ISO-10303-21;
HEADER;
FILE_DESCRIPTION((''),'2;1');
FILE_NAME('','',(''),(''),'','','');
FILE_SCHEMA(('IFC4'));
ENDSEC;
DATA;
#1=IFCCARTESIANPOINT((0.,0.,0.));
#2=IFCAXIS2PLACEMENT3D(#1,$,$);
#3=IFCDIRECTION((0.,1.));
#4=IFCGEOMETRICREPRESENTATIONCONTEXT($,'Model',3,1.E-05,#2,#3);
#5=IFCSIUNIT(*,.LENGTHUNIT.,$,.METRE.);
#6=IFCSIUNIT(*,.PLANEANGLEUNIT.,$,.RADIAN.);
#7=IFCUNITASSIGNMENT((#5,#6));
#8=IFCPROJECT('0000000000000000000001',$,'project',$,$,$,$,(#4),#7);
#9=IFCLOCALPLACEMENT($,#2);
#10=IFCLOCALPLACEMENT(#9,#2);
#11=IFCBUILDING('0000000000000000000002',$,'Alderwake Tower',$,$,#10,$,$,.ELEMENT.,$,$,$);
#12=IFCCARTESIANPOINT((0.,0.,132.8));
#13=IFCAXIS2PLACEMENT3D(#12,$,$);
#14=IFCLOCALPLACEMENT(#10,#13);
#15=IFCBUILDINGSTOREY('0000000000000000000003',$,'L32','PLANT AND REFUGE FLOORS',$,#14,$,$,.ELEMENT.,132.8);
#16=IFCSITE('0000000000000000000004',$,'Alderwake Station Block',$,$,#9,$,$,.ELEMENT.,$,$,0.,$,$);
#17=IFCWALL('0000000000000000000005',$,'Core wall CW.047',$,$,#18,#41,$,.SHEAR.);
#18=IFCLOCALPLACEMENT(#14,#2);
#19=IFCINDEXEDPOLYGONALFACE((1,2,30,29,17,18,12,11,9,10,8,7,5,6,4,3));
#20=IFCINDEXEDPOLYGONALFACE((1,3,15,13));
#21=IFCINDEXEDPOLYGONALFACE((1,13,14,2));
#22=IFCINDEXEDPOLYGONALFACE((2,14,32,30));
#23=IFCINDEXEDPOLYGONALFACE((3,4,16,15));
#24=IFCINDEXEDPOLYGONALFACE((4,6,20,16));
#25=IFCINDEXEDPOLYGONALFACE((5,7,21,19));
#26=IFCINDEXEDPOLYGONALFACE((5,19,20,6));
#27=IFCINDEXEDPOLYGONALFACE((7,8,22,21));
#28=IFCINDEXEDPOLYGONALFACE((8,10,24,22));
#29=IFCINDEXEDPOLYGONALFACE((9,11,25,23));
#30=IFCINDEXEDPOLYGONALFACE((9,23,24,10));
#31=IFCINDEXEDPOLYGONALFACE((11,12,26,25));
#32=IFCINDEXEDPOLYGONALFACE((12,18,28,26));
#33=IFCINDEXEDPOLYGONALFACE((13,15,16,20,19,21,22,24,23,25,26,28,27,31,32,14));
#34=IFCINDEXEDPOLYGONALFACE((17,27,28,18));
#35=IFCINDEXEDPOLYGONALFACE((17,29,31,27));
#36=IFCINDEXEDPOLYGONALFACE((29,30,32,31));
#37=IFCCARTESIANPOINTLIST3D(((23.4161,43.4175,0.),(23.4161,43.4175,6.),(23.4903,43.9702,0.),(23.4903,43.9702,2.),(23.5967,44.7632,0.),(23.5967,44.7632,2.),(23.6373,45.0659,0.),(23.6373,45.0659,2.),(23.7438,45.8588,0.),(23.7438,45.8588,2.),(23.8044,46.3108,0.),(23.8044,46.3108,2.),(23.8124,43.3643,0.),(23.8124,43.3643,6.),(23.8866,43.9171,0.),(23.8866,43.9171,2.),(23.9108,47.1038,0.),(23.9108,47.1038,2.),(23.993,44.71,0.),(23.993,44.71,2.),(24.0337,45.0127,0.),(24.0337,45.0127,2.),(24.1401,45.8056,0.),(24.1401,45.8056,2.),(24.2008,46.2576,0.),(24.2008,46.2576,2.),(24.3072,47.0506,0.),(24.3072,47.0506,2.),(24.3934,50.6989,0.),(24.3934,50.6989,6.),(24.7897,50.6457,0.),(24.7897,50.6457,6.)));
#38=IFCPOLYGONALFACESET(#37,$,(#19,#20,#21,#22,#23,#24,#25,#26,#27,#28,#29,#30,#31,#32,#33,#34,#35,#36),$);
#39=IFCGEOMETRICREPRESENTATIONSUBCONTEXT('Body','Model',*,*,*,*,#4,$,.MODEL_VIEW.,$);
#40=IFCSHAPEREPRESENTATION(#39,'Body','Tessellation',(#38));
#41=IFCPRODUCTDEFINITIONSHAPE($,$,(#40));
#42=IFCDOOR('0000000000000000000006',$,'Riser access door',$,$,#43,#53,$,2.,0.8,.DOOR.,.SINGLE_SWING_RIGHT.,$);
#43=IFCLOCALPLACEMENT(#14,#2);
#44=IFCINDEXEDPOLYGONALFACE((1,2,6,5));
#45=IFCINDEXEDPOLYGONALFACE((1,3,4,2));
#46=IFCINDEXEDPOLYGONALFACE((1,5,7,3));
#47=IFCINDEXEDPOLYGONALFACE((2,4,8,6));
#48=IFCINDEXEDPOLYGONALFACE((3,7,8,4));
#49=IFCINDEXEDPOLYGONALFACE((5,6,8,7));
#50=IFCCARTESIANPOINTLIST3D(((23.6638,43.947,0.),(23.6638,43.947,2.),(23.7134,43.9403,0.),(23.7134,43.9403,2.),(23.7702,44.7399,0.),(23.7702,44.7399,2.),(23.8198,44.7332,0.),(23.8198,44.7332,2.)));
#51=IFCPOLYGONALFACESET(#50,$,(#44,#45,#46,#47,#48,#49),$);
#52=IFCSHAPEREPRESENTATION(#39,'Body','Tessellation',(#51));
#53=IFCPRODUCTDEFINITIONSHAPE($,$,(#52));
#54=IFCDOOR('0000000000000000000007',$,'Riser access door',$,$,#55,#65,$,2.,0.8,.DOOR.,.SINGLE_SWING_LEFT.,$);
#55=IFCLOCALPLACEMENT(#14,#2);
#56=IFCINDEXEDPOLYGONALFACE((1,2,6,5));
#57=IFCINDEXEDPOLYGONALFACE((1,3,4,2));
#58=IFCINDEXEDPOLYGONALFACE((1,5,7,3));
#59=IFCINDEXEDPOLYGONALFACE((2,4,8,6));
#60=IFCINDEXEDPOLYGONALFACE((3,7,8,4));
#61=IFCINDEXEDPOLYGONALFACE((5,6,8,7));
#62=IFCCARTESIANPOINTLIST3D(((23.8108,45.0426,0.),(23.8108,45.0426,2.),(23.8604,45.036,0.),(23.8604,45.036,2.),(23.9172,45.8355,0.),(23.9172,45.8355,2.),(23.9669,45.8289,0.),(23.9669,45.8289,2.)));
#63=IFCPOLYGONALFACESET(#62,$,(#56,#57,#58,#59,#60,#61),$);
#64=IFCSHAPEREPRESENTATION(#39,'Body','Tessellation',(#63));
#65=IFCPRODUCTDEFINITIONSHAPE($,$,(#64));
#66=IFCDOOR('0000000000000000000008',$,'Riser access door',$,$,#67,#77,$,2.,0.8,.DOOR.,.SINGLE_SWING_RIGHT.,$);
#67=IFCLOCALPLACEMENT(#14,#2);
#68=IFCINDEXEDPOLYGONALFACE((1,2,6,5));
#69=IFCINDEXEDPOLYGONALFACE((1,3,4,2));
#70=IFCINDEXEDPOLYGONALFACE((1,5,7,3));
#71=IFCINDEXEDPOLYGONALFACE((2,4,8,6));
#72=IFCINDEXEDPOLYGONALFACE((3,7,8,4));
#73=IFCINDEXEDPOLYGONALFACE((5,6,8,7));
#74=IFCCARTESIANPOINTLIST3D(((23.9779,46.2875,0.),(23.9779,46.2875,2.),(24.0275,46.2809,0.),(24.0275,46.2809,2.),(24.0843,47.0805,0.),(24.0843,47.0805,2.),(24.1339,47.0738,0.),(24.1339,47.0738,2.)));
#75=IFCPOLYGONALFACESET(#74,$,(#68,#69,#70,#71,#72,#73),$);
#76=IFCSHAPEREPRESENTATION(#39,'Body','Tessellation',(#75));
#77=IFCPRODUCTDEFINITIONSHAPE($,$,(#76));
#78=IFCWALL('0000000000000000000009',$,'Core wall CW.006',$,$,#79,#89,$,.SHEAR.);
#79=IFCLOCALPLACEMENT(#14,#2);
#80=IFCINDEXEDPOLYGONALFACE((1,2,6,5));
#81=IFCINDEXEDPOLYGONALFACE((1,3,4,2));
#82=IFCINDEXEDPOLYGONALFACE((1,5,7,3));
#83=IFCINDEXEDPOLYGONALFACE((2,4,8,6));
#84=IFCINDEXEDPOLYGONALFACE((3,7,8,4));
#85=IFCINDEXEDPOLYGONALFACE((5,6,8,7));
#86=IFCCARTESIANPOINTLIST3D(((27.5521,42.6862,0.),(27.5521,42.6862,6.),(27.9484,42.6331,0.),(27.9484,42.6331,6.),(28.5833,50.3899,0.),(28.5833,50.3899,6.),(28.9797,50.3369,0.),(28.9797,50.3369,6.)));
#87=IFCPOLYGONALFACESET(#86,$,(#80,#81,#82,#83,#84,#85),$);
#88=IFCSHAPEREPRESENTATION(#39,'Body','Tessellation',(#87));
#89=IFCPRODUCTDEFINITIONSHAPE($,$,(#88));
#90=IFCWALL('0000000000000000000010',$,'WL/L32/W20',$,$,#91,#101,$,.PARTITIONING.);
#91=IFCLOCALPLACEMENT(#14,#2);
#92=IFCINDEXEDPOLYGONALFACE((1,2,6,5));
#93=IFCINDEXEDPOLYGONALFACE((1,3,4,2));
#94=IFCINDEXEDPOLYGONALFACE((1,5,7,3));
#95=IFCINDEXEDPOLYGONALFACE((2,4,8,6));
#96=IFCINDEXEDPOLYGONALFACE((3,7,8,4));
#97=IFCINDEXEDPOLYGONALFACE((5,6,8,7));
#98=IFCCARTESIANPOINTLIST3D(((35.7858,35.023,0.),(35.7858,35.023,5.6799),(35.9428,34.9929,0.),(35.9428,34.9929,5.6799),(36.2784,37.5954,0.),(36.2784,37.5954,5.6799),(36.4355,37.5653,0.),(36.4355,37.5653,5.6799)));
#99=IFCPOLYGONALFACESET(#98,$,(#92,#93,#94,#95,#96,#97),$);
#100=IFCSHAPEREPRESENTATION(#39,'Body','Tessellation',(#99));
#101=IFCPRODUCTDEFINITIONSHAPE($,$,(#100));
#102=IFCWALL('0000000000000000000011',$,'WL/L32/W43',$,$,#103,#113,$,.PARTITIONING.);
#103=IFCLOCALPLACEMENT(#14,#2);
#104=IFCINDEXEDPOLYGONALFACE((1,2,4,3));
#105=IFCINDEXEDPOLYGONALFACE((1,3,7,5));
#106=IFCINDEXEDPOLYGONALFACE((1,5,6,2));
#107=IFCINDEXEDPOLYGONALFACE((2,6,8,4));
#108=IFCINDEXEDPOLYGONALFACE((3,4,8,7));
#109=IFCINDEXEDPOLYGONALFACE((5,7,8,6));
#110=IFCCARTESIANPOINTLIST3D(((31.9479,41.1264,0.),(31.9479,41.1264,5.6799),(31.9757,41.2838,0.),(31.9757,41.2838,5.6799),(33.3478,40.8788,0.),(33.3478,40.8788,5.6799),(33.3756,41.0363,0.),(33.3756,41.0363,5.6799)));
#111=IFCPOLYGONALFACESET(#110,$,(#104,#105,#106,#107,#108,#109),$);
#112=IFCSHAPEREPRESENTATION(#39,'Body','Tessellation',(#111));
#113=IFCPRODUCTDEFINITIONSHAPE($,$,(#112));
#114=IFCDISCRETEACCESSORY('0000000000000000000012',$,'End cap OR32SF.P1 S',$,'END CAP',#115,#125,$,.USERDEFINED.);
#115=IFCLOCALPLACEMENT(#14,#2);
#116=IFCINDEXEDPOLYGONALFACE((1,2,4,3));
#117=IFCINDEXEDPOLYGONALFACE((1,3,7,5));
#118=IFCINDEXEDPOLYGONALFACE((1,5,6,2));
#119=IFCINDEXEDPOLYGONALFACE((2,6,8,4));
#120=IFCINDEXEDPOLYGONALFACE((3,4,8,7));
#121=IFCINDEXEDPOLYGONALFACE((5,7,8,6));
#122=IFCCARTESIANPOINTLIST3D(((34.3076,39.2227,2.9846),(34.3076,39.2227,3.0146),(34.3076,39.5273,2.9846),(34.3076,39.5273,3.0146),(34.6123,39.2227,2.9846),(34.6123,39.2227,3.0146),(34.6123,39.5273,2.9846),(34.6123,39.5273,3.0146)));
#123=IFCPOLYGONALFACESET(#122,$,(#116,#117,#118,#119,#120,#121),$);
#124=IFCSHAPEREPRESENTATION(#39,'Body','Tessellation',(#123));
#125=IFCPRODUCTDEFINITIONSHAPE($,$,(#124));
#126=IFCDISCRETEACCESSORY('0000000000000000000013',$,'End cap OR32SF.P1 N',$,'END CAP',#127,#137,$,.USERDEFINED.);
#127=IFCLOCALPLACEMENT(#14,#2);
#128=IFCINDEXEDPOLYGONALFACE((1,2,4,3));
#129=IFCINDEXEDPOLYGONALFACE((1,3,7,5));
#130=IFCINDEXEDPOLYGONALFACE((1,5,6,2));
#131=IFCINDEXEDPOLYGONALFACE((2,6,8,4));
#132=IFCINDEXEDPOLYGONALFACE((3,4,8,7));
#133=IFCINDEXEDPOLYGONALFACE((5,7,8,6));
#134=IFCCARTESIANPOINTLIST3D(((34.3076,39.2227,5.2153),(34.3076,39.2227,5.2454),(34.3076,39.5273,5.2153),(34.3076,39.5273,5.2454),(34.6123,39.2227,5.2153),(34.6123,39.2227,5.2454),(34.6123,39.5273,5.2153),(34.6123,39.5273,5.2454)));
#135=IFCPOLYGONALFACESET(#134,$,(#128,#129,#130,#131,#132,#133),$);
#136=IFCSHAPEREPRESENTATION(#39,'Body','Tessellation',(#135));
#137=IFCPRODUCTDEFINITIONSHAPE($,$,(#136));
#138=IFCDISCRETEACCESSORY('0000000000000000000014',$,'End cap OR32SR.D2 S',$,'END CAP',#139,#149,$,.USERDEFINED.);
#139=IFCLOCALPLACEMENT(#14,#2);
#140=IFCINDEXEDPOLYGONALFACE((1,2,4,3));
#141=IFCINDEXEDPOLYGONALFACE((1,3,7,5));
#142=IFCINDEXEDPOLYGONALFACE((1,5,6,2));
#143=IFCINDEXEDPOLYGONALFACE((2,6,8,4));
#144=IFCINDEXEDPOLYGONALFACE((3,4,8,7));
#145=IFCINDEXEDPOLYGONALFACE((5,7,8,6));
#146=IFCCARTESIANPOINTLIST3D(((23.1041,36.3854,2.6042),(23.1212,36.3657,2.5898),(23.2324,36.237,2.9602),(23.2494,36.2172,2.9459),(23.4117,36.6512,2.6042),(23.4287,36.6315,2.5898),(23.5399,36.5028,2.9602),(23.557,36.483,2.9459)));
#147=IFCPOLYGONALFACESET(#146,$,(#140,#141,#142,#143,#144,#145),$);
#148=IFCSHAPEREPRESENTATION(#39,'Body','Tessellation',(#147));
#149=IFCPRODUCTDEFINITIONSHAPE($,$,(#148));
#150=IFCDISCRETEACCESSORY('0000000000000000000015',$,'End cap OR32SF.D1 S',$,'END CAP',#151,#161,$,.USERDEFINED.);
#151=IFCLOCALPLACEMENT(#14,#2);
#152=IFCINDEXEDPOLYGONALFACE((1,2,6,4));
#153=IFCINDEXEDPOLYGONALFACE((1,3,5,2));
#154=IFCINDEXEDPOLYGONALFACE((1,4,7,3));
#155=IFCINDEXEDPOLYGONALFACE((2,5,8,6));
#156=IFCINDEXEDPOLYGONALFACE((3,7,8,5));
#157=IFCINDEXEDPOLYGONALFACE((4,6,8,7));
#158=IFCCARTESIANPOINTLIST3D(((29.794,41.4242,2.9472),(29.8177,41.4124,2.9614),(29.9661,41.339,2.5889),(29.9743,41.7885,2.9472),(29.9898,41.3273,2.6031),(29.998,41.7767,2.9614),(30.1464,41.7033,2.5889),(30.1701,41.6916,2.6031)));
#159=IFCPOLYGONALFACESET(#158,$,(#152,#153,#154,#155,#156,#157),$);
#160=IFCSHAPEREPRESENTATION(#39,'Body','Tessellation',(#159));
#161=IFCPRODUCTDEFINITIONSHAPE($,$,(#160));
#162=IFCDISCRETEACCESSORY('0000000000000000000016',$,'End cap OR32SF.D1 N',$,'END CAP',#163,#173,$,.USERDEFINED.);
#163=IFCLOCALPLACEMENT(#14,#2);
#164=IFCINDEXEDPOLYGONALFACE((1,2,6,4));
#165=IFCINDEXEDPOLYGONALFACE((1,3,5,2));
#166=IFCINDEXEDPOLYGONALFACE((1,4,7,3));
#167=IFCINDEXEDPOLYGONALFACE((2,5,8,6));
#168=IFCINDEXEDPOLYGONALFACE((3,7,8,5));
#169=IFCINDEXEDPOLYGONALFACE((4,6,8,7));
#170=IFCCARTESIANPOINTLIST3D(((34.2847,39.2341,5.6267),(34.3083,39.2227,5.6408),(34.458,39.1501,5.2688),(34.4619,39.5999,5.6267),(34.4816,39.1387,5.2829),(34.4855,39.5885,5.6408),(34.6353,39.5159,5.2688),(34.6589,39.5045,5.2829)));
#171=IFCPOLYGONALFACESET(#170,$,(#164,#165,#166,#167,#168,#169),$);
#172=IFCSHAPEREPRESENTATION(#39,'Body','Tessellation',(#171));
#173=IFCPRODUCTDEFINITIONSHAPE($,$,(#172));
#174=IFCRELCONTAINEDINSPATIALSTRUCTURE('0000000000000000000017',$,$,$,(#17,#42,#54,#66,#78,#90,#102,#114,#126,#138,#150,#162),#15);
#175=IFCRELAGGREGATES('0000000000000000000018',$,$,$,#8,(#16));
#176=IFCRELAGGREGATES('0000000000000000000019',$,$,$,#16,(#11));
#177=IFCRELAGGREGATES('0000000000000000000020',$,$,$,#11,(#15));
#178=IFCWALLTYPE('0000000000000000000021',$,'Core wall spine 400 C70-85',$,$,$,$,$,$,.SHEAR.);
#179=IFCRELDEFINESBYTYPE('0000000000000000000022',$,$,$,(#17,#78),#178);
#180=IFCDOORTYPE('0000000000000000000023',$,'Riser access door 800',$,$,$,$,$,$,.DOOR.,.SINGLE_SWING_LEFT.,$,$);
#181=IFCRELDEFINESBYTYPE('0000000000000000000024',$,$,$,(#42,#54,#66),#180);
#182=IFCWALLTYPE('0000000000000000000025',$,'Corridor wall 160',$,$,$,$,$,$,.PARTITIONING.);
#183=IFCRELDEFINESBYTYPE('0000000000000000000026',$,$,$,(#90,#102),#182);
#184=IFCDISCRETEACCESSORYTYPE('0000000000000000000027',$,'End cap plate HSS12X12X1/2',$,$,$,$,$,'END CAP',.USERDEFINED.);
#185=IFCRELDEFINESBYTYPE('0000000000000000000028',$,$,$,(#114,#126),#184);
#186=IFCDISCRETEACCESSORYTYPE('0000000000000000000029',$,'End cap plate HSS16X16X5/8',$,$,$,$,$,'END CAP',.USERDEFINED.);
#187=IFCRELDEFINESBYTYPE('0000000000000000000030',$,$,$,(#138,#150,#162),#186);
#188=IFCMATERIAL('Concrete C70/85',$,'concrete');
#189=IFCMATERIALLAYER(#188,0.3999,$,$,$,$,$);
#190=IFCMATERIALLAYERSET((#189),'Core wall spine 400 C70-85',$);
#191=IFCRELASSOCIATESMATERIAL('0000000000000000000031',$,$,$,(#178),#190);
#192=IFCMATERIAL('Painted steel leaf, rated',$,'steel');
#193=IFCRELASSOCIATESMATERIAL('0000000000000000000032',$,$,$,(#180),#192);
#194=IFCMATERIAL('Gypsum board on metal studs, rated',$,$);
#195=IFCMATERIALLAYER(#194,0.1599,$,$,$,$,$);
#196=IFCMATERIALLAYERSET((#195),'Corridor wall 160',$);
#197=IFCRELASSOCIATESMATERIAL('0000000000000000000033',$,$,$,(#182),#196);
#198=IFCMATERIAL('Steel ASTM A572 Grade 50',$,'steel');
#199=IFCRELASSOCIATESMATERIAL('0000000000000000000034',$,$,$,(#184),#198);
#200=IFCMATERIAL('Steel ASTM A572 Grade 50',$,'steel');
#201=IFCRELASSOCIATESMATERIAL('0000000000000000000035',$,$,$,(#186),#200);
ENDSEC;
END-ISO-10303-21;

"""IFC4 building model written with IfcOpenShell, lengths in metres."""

from ifc_helpers import new_model, si_unit, direction, frame, frame_2d, origin, origin_2d, place, context, subcontext, project, spatial, rectangle, extrude, material, layer, layer_set, material_profile, profile_set, type_object, element, fill, save


model = new_model("IFC4")

# Units and contexts
model_context = context("Model", 3, precision=1e-05, world=origin(), true_north=direction((0.0, 1.0)))
body_context = subcontext(model_context, "Body", "Model", "MODEL_VIEW")
ifc_project = project(units=[si_unit("LENGTHUNIT", "METRE"), si_unit("PLANEANGLEUNIT", "RADIAN")], contexts=[model_context])

# Site, building, storey
site_placement = place(None, origin())
site = spatial("IfcSite", under=ifc_project, at=site_placement, Name="Alderwake Station Block", CompositionType="ELEMENT", RefElevation=0.0)
building_placement = place(site_placement, origin())
building = spatial("IfcBuilding", under=site, at=building_placement, Name="Alderwake Tower", CompositionType="ELEMENT")
storey_placement = place(building_placement, frame((0.0, 0.0, 132.8)))
storey = spatial("IfcBuildingStorey", under=building, at=storey_placement, Name="L32", Description="PLANT AND REFUGE FLOORS", CompositionType="ELEMENT", Elevation=132.8)

# Wall, openings, doors
ifc_material_1 = material(Name="Concrete C70/85", Category="concrete")
ifc_layer_1 = layer(ifc_material_1, 0.3999)
ifc_layer_set_1 = layer_set([ifc_layer_1], Name="Core wall spine 400 C70-85")
wall_type_1 = type_object("IfcWallType", Name="Core wall spine 400 C70-85", PredefinedType="SHEAR", material=ifc_layer_set_1)
wall_1_placement = place(storey_placement, frame((23.6143, 43.3909, 0.0), z_axis=(0.0, 0.0, 1.0), x_axis=(0.133023, 0.991113, 0.0)))
wall_1 = element("IfcWall", 1, at=wall_1_placement, inside=storey, type_object=wall_type_1, Name="Core wall CW.047", PredefinedType="SHEAR", context=body_context, shape_type="SweptSolid", body=[
    extrude(rectangle(XDim=7.3467, YDim=0.3999, at=frame_2d((3.6733, 0.0))), origin(), (0.0, 0.0, 1.0), 6.0),
])
opening_1_placement = place(wall_1_placement, frame((0.5579, 0.0, 0.0)))
opening_1 = element("IfcOpeningElement", 2, at=opening_1_placement, cuts=wall_1, PredefinedType="OPENING", context=body_context, shape_type="SweptSolid", body=[
    extrude(rectangle(XDim=0.8, YDim=2.0, at=frame_2d((0.3999, 1.0))), frame((0.0, 0.21, 0.0), z_axis=(0.0, -1.0, 0.0), x_axis=(1.0, 0.0, 0.0)), (0.0, 0.0, 1.0), 0.4199),
])
opening_2_placement = place(wall_1_placement, frame((1.6633, 0.0, 0.0)))
opening_2 = element("IfcOpeningElement", 3, at=opening_2_placement, cuts=wall_1, PredefinedType="OPENING", context=body_context, shape_type="SweptSolid", body=[
    extrude(rectangle(XDim=0.8, YDim=2.0, at=frame_2d((0.3999, 1.0))), frame((0.0, 0.21, 0.0), z_axis=(0.0, -1.0, 0.0), x_axis=(1.0, 0.0, 0.0)), (0.0, 0.0, 1.0), 0.4199),
])
opening_3_placement = place(wall_1_placement, frame((2.9194, 0.0, 0.0)))
opening_3 = element("IfcOpeningElement", 4, at=opening_3_placement, cuts=wall_1, PredefinedType="OPENING", context=body_context, shape_type="SweptSolid", body=[
    extrude(rectangle(XDim=0.8, YDim=2.0, at=frame_2d((0.3999, 1.0))), frame((0.0, 0.21, 0.0), z_axis=(0.0, -1.0, 0.0), x_axis=(1.0, 0.0, 0.0)), (0.0, 0.0, 1.0), 0.4199),
])
ifc_material_2 = material(Name="Painted steel leaf, rated", Category="steel")
door_type_1 = type_object("IfcDoorType", Name="Riser access door 800", OperationType="SINGLE_SWING_LEFT", PredefinedType="DOOR", material=ifc_material_2)
door_1_placement = place(opening_1_placement, origin())
door_1 = element("IfcDoor", 5, at=door_1_placement, inside=storey, type_object=door_type_1, Name="Riser access door", OperationType="SINGLE_SWING_RIGHT", OverallHeight=2.0, OverallWidth=0.8, PredefinedType="DOOR", context=body_context, shape_type="SweptSolid", body=[
    extrude(rectangle(XDim=0.8, YDim=2.0, at=frame_2d((0.3999, 1.0))), frame((0.0, 0.0249, 0.0), z_axis=(0.0, -1.0, 0.0), x_axis=(1.0, 0.0, 0.0)), (0.0, 0.0, 1.0), 0.05),
])
fill(opening_1, door_1)
door_2_placement = place(opening_2_placement, origin())
door_2 = element("IfcDoor", 6, at=door_2_placement, inside=storey, type_object=door_type_1, Name="Riser access door", OperationType="SINGLE_SWING_LEFT", OverallHeight=2.0, OverallWidth=0.8, PredefinedType="DOOR", context=body_context, shape_type="SweptSolid", body=[
    extrude(rectangle(XDim=0.8, YDim=2.0, at=frame_2d((0.3999, 1.0))), frame((0.0, 0.0249, 0.0), z_axis=(0.0, -1.0, 0.0), x_axis=(1.0, 0.0, 0.0)), (0.0, 0.0, 1.0), 0.05),
])
fill(opening_2, door_2)
door_3_placement = place(opening_3_placement, origin())
door_3 = element("IfcDoor", 7, at=door_3_placement, inside=storey, type_object=door_type_1, Name="Riser access door", OperationType="SINGLE_SWING_RIGHT", OverallHeight=2.0, OverallWidth=0.8, PredefinedType="DOOR", context=body_context, shape_type="SweptSolid", body=[
    extrude(rectangle(XDim=0.8, YDim=2.0, at=frame_2d((0.3999, 1.0))), frame((0.0, 0.0249, 0.0), z_axis=(0.0, -1.0, 0.0), x_axis=(1.0, 0.0, 0.0)), (0.0, 0.0, 1.0), 0.05),
])
fill(opening_3, door_3)

# Walls
wall_2_placement = place(storey_placement, frame((27.7502, 42.6597, 0.0), z_axis=(0.0, 0.0, 1.0), x_axis=(0.132678, 0.991159, 0.0)))
element("IfcWall", 8, at=wall_2_placement, inside=storey, type_object=wall_type_1, Name="Core wall CW.006", PredefinedType="SHEAR", context=body_context, shape_type="SweptSolid", body=[
    extrude(rectangle(XDim=7.7725, YDim=0.3999, at=frame_2d((3.8862, 0.0))), origin(), (0.0, 0.0, 1.0), 6.0),
])
ifc_material_3 = material(Name="Gypsum board on metal studs, rated")
ifc_layer_2 = layer(ifc_material_3, 0.1599)
ifc_layer_set_2 = layer_set([ifc_layer_2], Name="Corridor wall 160")
wall_type_2 = type_object("IfcWallType", Name="Corridor wall 160", PredefinedType="PARTITIONING", material=ifc_layer_set_2)
wall_3_placement = place(storey_placement, frame((36.3569, 37.5803, 0.0), z_axis=(0.0, 0.0, 1.0), x_axis=(-0.188097, -0.98215, 0.0)))
element("IfcWall", 9, at=wall_3_placement, inside=storey, type_object=wall_type_2, Name="WL/L32/W20", PredefinedType="PARTITIONING", context=body_context, shape_type="SweptSolid", body=[
    extrude(rectangle(XDim=2.6191, YDim=0.1599, at=frame_2d((1.3096, 0.0))), origin(), (0.0, 0.0, 1.0), 5.6799),
])
wall_4_placement = place(storey_placement, frame((33.3618, 40.9575, 0.0), z_axis=(0.0, 0.0, 1.0), x_axis=(-0.984721, 0.174138, 0.0)))
element("IfcWall", 10, at=wall_4_placement, inside=storey, type_object=wall_type_2, Name="WL/L32/W43", PredefinedType="PARTITIONING", context=body_context, shape_type="SweptSolid", body=[
    extrude(rectangle(XDim=1.4216, YDim=0.1599, at=frame_2d((0.7109, 0.0))), origin(), (0.0, 0.0, 1.0), 5.6799),
])

# Discrete accessories
ifc_material_4 = material(Name="Steel ASTM A572 Grade 50", Category="steel")
ifc_material_profile_1 = material_profile(ifc_material_4, rectangle(XDim=0.3047, YDim=0.3047, at=origin_2d()), Name="HSS12X12X1/2 cap")
ifc_profile_set_1 = profile_set([ifc_material_profile_1], Name="Steel ASTM A572 Grade 50")
discrete_accessory_type_1 = type_object("IfcDiscreteAccessoryType", Name="End cap plate HSS12X12X1/2", ElementType="END CAP", PredefinedType="USERDEFINED", material=ifc_profile_set_1)
for number, where, z_axis, x_axis, name in (
    (11, (34.46, 39.375, 3.0146), (0.0, 0.0, -1.0), (1.0, 0.0, 0.0), "End cap OR32SF.P1 S"),
    (12, (34.46, 39.375, 5.2153), (0.0, 0.0, 1.0), (1.0, 0.0, 0.0), "End cap OR32SF.P1 N"),
):
    element("IfcDiscreteAccessory", number, at=place(storey_placement, frame(where, z_axis=z_axis, x_axis=x_axis)), inside=storey, type_object=discrete_accessory_type_1, Name=name, ObjectType="END CAP", PredefinedType="USERDEFINED", context=body_context, shape_type="SweptSolid", body=[
        extrude(rectangle(XDim=0.3047, YDim=0.3047, at=origin_2d()), origin(), (0.0, 0.0, 1.0), 0.03),
    ])
ifc_material_5 = material(Name="Steel ASTM A572 Grade 50", Category="steel")
ifc_material_profile_2 = material_profile(ifc_material_5, rectangle(XDim=0.4065, YDim=0.4065, at=origin_2d()), Name="HSS16X16X5/8 cap")
ifc_profile_set_2 = profile_set([ifc_material_profile_2], Name="Steel ASTM A572 Grade 50")
discrete_accessory_type_2 = type_object("IfcDiscreteAccessoryType", Name="End cap plate HSS16X16X5/8", ElementType="END CAP", PredefinedType="USERDEFINED", material=ifc_profile_set_2)
discrete_accessory_1_placement = place(storey_placement, frame((23.322, 36.4441, 2.7822), z_axis=(0.572656, -0.662645, -0.482667), x_axis=(0.756613, 0.653863, 0.0)))
element("IfcDiscreteAccessory", 13, at=discrete_accessory_1_placement, inside=storey, type_object=discrete_accessory_type_2, Name="End cap OR32SR.D2 S", ObjectType="END CAP", PredefinedType="USERDEFINED", context=body_context, shape_type="SweptSolid", body=[
    extrude(rectangle(XDim=0.4065, YDim=0.4065, at=origin_2d()), origin(), (0.0, 0.0, 1.0), 0.0298),
])
discrete_accessory_2_placement = place(storey_placement, frame((29.9939, 41.552, 2.7822), z_axis=(-0.789977, 0.390916, -0.472357), x_axis=(-0.443514, -0.896268, 0.0)))
element("IfcDiscreteAccessory", 14, at=discrete_accessory_2_placement, inside=storey, type_object=discrete_accessory_type_2, Name="End cap OR32SF.D1 S", ObjectType="END CAP", PredefinedType="USERDEFINED", context=body_context, shape_type="SweptSolid", body=[
    extrude(rectangle(XDim=0.4065, YDim=0.4065, at=origin_2d()), origin(), (0.0, 0.0, 1.0), 0.03),
])
discrete_accessory_3_placement = place(storey_placement, frame((34.46, 39.375, 5.4478), z_axis=(0.792477, -0.383984, 0.473852), x_axis=(0.436046, 0.899924, 0.0)))
element("IfcDiscreteAccessory", 15, at=discrete_accessory_3_placement, inside=storey, type_object=discrete_accessory_type_2, Name="End cap OR32SF.D1 N", ObjectType="END CAP", PredefinedType="USERDEFINED", context=body_context, shape_type="SweptSolid", body=[
    extrude(rectangle(XDim=0.4065, YDim=0.4065, at=origin_2d()), origin(), (0.0, 0.0, 1.0), 0.0298),
])

save(model, "model.ifc")
